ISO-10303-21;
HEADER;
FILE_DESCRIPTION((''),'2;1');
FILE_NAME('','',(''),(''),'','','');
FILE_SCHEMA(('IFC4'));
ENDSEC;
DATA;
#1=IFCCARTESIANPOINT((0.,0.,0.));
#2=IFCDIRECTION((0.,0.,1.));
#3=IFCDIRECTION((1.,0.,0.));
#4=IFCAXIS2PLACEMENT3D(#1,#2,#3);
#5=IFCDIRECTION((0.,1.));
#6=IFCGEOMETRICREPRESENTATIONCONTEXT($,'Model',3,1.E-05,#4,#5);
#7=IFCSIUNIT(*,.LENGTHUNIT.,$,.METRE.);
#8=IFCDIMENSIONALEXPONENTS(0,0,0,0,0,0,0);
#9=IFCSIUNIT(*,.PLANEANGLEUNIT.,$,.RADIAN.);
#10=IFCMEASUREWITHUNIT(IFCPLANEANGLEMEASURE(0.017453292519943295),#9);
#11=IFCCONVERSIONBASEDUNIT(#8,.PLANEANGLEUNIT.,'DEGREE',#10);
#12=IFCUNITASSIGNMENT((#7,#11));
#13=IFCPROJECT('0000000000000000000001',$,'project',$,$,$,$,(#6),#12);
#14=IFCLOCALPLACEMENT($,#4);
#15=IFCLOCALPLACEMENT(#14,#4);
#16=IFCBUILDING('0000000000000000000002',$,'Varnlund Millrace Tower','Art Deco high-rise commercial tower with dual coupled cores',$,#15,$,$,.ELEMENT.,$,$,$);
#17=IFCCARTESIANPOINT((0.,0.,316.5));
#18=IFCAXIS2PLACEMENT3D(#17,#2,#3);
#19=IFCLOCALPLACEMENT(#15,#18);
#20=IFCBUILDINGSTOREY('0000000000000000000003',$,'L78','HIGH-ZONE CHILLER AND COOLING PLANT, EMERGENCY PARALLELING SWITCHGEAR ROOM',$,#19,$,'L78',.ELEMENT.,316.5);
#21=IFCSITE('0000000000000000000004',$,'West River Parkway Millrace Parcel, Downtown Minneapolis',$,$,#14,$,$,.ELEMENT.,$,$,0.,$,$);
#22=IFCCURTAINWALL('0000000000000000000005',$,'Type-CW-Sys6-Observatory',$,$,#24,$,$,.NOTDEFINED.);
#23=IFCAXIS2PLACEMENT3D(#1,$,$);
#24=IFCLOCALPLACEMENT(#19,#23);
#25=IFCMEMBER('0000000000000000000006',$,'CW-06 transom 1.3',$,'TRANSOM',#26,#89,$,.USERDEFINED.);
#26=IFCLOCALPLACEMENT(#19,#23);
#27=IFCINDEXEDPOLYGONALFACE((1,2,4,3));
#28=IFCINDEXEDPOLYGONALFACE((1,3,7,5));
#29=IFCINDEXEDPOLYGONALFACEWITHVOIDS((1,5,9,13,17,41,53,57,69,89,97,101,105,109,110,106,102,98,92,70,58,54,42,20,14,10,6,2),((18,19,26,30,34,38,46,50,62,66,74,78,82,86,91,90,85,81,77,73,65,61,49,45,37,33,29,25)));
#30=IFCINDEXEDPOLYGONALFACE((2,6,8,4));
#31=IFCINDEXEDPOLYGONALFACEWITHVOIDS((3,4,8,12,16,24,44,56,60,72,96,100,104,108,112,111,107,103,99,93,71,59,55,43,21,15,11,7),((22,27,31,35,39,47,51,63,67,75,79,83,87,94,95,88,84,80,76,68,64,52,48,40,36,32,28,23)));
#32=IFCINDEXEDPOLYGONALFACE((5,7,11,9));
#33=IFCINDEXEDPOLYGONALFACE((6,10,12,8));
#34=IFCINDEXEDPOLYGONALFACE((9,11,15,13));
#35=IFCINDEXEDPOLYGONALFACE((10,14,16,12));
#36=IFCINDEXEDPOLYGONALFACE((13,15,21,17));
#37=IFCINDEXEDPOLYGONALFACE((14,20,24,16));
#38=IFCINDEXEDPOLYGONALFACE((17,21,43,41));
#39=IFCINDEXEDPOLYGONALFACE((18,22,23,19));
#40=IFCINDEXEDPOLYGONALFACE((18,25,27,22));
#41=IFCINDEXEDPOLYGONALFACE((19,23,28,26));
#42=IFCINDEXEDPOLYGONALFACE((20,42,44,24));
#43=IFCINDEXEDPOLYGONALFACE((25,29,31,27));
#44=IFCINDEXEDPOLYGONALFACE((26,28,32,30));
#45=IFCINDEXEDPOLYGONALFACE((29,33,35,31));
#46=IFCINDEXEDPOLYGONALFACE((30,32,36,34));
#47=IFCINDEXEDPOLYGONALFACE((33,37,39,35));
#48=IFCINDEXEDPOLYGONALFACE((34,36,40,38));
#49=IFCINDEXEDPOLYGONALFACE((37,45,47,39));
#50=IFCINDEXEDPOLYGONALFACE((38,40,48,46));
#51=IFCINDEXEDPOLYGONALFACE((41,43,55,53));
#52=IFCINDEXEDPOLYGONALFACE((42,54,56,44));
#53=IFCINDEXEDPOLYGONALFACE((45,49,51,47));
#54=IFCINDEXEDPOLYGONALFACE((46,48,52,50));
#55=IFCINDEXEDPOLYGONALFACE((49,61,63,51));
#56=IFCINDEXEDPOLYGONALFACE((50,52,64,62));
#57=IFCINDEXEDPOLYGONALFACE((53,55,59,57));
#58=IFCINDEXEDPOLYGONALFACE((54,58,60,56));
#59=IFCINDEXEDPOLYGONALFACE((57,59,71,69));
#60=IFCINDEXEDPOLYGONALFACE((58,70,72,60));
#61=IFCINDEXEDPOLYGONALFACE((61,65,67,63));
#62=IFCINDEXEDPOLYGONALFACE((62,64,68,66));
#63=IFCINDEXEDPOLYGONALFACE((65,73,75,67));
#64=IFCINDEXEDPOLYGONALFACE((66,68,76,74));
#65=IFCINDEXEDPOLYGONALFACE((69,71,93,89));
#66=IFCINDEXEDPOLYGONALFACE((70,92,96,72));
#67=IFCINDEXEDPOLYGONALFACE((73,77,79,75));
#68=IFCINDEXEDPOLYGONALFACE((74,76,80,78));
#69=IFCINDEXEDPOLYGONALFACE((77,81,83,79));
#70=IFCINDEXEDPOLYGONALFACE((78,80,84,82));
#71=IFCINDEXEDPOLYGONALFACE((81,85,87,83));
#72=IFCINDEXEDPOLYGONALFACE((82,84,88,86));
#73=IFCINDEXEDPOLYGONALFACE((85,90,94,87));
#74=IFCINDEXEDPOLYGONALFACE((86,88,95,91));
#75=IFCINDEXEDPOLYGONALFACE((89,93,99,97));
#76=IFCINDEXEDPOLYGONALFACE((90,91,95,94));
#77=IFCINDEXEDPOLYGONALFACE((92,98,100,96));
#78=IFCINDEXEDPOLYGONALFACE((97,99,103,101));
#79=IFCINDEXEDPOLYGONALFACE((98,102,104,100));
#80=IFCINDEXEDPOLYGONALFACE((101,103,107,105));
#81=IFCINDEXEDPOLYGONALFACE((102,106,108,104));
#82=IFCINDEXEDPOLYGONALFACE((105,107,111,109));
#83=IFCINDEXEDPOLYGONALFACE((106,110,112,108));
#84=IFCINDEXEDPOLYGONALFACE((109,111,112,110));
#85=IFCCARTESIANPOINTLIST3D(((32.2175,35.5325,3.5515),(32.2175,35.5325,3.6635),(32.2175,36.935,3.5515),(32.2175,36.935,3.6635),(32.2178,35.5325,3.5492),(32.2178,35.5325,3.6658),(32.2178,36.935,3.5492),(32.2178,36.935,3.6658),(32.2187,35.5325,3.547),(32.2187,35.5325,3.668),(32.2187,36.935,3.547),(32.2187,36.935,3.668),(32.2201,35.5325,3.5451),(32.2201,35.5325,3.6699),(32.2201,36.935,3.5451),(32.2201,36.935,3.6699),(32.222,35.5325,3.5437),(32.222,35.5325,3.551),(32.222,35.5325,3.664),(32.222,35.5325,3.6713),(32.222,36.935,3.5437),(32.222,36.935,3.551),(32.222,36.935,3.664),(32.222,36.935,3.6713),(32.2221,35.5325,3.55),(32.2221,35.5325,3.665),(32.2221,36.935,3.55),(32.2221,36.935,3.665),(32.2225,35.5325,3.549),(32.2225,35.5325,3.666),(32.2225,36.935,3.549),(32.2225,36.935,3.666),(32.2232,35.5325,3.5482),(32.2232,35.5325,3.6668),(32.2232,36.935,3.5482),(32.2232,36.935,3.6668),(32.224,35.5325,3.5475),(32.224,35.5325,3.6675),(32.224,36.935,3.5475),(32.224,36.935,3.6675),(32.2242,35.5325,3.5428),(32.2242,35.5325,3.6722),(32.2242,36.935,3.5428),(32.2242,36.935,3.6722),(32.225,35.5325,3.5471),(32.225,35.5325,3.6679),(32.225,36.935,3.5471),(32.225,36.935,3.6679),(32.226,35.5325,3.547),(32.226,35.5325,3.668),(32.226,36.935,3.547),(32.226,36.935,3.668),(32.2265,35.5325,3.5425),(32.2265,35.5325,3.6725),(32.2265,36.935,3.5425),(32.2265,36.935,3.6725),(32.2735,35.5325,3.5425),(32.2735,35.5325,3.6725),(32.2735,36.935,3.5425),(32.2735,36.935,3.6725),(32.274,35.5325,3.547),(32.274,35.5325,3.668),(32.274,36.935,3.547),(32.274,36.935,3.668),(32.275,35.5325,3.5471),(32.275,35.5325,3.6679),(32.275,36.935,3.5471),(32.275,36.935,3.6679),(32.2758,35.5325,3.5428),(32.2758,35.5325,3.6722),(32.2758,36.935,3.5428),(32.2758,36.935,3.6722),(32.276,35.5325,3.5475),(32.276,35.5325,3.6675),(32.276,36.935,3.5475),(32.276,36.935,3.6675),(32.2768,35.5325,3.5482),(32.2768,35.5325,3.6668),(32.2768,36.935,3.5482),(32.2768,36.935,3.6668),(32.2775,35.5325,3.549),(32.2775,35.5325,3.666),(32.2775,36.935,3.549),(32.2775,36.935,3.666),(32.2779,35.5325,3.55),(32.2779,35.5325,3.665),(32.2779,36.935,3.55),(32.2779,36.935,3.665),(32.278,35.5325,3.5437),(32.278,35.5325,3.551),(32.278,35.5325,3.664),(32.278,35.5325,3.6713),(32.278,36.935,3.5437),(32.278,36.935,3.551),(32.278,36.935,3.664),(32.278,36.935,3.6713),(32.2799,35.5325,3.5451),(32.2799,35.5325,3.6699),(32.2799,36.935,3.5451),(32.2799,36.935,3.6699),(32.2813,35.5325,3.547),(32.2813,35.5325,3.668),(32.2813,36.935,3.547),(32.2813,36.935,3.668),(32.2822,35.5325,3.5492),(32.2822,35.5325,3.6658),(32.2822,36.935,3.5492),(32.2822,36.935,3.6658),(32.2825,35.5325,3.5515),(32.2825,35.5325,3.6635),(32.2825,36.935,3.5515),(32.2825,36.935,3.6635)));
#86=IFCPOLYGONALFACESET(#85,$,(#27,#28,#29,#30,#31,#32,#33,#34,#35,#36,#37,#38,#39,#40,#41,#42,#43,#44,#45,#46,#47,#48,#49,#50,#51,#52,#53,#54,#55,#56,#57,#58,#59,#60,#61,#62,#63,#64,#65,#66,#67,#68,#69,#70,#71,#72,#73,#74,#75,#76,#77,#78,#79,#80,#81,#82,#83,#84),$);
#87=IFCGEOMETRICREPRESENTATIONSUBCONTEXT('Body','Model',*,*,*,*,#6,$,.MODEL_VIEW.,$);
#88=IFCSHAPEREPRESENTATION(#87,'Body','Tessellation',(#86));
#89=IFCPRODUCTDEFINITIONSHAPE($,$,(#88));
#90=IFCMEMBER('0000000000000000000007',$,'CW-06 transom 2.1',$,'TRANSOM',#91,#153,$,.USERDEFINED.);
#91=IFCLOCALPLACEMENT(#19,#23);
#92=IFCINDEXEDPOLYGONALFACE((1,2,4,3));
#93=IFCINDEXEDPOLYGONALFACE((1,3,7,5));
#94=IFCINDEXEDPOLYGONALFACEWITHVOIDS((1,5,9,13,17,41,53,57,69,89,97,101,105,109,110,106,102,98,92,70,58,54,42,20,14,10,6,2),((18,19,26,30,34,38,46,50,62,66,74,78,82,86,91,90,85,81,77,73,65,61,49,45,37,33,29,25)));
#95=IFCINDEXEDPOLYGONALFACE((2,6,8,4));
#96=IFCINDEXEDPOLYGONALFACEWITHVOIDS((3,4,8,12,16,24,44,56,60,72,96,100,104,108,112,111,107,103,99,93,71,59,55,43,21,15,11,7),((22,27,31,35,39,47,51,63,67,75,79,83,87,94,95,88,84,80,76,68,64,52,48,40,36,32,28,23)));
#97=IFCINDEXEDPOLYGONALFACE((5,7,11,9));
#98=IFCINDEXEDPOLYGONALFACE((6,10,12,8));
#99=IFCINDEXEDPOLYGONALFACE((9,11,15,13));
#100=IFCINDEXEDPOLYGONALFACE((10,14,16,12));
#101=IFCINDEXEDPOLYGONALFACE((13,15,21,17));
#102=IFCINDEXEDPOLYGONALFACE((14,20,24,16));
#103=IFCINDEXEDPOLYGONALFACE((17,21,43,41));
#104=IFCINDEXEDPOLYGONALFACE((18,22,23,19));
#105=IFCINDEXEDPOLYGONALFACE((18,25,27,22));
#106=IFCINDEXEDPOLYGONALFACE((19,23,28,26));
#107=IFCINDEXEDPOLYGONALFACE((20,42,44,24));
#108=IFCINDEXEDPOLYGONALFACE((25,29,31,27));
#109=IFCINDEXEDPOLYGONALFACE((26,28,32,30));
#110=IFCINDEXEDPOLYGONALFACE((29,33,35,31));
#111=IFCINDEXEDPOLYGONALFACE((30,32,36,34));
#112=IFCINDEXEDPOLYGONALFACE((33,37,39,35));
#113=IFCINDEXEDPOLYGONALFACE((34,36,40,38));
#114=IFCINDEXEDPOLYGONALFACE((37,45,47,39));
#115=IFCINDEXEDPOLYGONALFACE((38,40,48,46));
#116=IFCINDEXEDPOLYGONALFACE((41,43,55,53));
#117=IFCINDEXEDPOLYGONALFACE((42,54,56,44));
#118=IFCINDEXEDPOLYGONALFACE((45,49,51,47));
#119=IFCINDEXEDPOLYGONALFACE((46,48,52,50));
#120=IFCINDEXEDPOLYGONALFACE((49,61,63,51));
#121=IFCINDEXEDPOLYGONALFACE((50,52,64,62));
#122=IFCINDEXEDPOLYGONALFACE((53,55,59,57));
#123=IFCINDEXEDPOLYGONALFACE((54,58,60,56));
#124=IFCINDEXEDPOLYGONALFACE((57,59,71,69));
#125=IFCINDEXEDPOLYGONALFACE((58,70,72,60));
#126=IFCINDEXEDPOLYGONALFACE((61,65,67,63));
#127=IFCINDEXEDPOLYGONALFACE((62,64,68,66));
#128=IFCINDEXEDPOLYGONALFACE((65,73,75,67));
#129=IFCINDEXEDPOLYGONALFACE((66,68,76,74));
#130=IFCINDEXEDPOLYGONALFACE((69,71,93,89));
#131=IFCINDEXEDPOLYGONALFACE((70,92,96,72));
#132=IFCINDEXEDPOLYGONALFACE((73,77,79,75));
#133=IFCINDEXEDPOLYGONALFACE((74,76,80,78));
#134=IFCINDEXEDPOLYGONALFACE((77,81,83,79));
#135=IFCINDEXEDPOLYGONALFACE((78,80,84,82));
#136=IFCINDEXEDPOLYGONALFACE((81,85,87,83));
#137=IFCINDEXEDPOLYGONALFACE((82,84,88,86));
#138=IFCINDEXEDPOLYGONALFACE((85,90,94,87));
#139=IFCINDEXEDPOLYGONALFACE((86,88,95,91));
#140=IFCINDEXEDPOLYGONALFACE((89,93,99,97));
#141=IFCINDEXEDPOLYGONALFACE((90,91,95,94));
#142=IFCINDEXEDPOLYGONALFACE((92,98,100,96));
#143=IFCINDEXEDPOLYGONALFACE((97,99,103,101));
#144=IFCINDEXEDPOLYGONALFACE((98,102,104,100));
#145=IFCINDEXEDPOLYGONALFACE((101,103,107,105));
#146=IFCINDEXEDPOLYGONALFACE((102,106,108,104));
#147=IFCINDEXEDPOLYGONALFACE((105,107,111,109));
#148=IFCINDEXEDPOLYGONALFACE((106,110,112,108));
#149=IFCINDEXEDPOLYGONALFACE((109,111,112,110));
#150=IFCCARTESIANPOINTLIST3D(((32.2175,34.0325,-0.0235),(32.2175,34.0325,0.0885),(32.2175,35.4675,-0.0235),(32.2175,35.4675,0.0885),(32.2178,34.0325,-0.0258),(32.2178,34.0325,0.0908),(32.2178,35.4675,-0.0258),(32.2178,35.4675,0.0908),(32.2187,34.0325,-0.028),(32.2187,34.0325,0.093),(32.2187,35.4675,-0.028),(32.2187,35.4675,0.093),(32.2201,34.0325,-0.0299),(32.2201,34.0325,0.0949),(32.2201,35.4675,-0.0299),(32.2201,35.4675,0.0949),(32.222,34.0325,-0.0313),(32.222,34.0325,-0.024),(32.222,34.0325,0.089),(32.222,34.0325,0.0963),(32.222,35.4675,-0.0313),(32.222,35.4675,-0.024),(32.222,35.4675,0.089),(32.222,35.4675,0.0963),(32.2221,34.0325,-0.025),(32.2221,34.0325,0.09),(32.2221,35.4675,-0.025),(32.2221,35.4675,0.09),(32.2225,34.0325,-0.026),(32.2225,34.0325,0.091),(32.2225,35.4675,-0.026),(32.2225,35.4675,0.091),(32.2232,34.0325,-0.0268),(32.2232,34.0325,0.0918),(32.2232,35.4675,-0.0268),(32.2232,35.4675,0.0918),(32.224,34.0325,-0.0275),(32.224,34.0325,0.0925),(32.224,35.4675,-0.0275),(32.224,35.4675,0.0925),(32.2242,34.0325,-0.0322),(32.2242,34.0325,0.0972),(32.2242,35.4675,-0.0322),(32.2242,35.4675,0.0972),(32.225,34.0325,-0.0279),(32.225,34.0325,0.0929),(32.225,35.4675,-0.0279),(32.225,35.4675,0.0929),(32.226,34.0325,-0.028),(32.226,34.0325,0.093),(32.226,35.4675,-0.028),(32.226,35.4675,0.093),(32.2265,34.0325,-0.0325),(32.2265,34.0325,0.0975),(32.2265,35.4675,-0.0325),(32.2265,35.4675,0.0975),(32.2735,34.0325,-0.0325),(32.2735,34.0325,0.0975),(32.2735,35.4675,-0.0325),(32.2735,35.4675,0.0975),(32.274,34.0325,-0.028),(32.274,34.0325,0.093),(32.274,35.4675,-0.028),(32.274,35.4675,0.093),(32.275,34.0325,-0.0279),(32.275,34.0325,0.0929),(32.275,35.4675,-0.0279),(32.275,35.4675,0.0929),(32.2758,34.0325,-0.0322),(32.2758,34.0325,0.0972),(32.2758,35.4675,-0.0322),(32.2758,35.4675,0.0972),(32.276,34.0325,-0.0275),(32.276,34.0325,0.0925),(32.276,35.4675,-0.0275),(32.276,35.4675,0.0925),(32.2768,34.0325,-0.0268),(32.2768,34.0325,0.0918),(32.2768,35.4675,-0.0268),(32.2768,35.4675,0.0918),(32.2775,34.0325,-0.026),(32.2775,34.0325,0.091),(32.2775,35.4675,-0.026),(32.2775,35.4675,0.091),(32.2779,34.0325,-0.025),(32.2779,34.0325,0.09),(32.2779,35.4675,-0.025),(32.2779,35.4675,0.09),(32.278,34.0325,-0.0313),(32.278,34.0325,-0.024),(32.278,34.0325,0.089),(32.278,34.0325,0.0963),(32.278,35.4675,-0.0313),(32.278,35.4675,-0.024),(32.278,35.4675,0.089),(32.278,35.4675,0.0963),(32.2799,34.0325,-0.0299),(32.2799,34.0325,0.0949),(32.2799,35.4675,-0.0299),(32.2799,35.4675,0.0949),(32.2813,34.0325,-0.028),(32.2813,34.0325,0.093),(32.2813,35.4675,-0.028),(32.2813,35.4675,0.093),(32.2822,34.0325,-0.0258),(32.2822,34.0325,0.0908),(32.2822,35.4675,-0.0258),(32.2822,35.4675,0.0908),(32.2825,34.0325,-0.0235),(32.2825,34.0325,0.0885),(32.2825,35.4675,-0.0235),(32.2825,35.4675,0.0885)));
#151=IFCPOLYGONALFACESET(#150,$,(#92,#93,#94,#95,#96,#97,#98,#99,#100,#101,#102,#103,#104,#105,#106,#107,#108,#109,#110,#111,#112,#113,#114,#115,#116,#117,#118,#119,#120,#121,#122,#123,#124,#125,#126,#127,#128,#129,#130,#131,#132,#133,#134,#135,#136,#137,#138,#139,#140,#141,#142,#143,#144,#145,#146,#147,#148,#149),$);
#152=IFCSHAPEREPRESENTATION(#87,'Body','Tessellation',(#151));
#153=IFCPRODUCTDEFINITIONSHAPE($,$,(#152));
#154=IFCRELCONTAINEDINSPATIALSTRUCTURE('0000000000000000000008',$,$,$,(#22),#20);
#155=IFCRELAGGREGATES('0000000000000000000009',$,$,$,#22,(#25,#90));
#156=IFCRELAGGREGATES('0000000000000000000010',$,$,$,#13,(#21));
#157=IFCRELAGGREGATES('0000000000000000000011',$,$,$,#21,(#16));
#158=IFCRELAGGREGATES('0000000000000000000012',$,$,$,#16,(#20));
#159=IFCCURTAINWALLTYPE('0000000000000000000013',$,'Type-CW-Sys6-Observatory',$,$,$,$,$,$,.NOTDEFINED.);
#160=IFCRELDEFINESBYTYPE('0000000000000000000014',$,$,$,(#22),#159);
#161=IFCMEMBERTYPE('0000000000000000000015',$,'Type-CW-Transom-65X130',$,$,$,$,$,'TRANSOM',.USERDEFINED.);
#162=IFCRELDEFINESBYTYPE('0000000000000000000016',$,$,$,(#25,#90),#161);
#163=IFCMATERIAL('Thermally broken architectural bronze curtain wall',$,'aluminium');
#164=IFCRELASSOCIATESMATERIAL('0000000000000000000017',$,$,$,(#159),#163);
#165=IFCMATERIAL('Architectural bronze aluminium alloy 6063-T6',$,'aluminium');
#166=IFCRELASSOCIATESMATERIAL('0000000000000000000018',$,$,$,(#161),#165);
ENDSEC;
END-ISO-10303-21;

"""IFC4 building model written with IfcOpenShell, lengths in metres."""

from ifc_helpers import new_model, entity, si_unit, converted_unit, direction, frame, origin_with_axes, origin_2d_with_axis, place, context, subcontext, project, spatial, hollow_rectangle, extrude, material, material_profile, profile_set, type_object, element, aggregate, save


model = new_model("IFC4")

# Units and contexts
model_context = context("Model", 3, precision=1e-05, world=origin_with_axes(), true_north=direction((0.0, 1.0)))
body_context = subcontext(model_context, "Body", "Model", "MODEL_VIEW")
ifc_project = project(units=[si_unit("LENGTHUNIT", "METRE"), converted_unit("PLANEANGLEUNIT", "DEGREE", entity("IfcPlaneAngleMeasure", 0.017453292519943295), si_unit("PLANEANGLEUNIT", "RADIAN"), dimensions=[0, 0, 0, 0, 0, 0, 0])], contexts=[model_context])

# Site, building, storey
site_placement = place(None, origin_with_axes())
site = spatial("IfcSite", under=ifc_project, at=site_placement, Name="West River Parkway Millrace Parcel, Downtown Minneapolis", CompositionType="ELEMENT", RefElevation=0.0)
building_placement = place(site_placement, origin_with_axes())
building = spatial("IfcBuilding", under=site, at=building_placement, Name="Varnlund Millrace Tower", Description="Art Deco high-rise commercial tower with dual coupled cores", CompositionType="ELEMENT")
storey_placement = place(building_placement, frame((0.0, 0.0, 316.5), z_axis=(0.0, 0.0, 1.0), x_axis=(1.0, 0.0, 0.0)))
storey = spatial("IfcBuildingStorey", under=building, at=storey_placement, Name="L78", Description="HIGH-ZONE CHILLER AND COOLING PLANT, EMERGENCY PARALLELING SWITCHGEAR ROOM", LongName="L78", CompositionType="ELEMENT", Elevation=316.5)

# Curtain wall, members
ifc_material_1 = material(Name="Thermally broken architectural bronze curtain wall", Category="aluminium")
curtain_wall_type = type_object("IfcCurtainWallType", Name="Type-CW-Sys6-Observatory", PredefinedType="NOTDEFINED", material=ifc_material_1)
curtain_wall_1_placement = place(storey_placement, frame((32.25, 37.0, 0.0), z_axis=(0.0, 0.0, 1.0), x_axis=(1.0, 0.0, 0.0)))
curtain_wall_1 = element("IfcCurtainWall", 1, at=curtain_wall_1_placement, inside=storey, type_object=curtain_wall_type, Name="Type-CW-Sys6-Observatory", PredefinedType="NOTDEFINED")
ifc_material_2 = material(Name="Architectural bronze aluminium alloy 6063-T6", Category="aluminium")
ifc_material_profile_1 = material_profile(ifc_material_2, hollow_rectangle(XDim=0.065, YDim=0.13, WallThickness=0.0045, InnerFilletRadius=0.004, OuterFilletRadius=0.009, at=origin_2d_with_axis()), Name="Architectural bronze aluminium alloy 6063-T6")
ifc_profile_set_1 = profile_set([ifc_material_profile_1], Name="Architectural bronze aluminium alloy 6063-T6")
member_type = type_object("IfcMemberType", Name="Type-CW-Transom-65X130", ElementType="TRANSOM", PredefinedType="USERDEFINED", material=ifc_profile_set_1)
member_1_placement = place(storey_placement, frame((32.25, 36.935, 3.6075), z_axis=(0.0, -1.0, 0.0), x_axis=(1.0, 0.0, 0.0)))
member_1 = element("IfcMember", 2, at=member_1_placement, type_object=member_type, Name="CW-06 transom 1.3", ObjectType="TRANSOM", PredefinedType="USERDEFINED", context=body_context, shape_type="SweptSolid", body=[
    extrude(hollow_rectangle(XDim=0.065, YDim=0.13, WallThickness=0.0045, InnerFilletRadius=0.004, OuterFilletRadius=0.009, at=origin_2d_with_axis()), origin_with_axes(), (0.0, 0.0, 1.0), 1.4025),
])
member_2_placement = place(storey_placement, frame((32.25, 35.4675, 0.0325), z_axis=(0.0, -1.0, 0.0), x_axis=(1.0, 0.0, 0.0)))
member_2 = element("IfcMember", 3, at=member_2_placement, type_object=member_type, Name="CW-06 transom 2.1", ObjectType="TRANSOM", PredefinedType="USERDEFINED", context=body_context, shape_type="SweptSolid", body=[
    extrude(hollow_rectangle(XDim=0.065, YDim=0.13, WallThickness=0.0045, InnerFilletRadius=0.004, OuterFilletRadius=0.009, at=origin_2d_with_axis()), origin_with_axes(), (0.0, 0.0, 1.0), 1.435),
])

aggregate(curtain_wall_1, [member_1, member_2])

save(model, "model.ifc")
